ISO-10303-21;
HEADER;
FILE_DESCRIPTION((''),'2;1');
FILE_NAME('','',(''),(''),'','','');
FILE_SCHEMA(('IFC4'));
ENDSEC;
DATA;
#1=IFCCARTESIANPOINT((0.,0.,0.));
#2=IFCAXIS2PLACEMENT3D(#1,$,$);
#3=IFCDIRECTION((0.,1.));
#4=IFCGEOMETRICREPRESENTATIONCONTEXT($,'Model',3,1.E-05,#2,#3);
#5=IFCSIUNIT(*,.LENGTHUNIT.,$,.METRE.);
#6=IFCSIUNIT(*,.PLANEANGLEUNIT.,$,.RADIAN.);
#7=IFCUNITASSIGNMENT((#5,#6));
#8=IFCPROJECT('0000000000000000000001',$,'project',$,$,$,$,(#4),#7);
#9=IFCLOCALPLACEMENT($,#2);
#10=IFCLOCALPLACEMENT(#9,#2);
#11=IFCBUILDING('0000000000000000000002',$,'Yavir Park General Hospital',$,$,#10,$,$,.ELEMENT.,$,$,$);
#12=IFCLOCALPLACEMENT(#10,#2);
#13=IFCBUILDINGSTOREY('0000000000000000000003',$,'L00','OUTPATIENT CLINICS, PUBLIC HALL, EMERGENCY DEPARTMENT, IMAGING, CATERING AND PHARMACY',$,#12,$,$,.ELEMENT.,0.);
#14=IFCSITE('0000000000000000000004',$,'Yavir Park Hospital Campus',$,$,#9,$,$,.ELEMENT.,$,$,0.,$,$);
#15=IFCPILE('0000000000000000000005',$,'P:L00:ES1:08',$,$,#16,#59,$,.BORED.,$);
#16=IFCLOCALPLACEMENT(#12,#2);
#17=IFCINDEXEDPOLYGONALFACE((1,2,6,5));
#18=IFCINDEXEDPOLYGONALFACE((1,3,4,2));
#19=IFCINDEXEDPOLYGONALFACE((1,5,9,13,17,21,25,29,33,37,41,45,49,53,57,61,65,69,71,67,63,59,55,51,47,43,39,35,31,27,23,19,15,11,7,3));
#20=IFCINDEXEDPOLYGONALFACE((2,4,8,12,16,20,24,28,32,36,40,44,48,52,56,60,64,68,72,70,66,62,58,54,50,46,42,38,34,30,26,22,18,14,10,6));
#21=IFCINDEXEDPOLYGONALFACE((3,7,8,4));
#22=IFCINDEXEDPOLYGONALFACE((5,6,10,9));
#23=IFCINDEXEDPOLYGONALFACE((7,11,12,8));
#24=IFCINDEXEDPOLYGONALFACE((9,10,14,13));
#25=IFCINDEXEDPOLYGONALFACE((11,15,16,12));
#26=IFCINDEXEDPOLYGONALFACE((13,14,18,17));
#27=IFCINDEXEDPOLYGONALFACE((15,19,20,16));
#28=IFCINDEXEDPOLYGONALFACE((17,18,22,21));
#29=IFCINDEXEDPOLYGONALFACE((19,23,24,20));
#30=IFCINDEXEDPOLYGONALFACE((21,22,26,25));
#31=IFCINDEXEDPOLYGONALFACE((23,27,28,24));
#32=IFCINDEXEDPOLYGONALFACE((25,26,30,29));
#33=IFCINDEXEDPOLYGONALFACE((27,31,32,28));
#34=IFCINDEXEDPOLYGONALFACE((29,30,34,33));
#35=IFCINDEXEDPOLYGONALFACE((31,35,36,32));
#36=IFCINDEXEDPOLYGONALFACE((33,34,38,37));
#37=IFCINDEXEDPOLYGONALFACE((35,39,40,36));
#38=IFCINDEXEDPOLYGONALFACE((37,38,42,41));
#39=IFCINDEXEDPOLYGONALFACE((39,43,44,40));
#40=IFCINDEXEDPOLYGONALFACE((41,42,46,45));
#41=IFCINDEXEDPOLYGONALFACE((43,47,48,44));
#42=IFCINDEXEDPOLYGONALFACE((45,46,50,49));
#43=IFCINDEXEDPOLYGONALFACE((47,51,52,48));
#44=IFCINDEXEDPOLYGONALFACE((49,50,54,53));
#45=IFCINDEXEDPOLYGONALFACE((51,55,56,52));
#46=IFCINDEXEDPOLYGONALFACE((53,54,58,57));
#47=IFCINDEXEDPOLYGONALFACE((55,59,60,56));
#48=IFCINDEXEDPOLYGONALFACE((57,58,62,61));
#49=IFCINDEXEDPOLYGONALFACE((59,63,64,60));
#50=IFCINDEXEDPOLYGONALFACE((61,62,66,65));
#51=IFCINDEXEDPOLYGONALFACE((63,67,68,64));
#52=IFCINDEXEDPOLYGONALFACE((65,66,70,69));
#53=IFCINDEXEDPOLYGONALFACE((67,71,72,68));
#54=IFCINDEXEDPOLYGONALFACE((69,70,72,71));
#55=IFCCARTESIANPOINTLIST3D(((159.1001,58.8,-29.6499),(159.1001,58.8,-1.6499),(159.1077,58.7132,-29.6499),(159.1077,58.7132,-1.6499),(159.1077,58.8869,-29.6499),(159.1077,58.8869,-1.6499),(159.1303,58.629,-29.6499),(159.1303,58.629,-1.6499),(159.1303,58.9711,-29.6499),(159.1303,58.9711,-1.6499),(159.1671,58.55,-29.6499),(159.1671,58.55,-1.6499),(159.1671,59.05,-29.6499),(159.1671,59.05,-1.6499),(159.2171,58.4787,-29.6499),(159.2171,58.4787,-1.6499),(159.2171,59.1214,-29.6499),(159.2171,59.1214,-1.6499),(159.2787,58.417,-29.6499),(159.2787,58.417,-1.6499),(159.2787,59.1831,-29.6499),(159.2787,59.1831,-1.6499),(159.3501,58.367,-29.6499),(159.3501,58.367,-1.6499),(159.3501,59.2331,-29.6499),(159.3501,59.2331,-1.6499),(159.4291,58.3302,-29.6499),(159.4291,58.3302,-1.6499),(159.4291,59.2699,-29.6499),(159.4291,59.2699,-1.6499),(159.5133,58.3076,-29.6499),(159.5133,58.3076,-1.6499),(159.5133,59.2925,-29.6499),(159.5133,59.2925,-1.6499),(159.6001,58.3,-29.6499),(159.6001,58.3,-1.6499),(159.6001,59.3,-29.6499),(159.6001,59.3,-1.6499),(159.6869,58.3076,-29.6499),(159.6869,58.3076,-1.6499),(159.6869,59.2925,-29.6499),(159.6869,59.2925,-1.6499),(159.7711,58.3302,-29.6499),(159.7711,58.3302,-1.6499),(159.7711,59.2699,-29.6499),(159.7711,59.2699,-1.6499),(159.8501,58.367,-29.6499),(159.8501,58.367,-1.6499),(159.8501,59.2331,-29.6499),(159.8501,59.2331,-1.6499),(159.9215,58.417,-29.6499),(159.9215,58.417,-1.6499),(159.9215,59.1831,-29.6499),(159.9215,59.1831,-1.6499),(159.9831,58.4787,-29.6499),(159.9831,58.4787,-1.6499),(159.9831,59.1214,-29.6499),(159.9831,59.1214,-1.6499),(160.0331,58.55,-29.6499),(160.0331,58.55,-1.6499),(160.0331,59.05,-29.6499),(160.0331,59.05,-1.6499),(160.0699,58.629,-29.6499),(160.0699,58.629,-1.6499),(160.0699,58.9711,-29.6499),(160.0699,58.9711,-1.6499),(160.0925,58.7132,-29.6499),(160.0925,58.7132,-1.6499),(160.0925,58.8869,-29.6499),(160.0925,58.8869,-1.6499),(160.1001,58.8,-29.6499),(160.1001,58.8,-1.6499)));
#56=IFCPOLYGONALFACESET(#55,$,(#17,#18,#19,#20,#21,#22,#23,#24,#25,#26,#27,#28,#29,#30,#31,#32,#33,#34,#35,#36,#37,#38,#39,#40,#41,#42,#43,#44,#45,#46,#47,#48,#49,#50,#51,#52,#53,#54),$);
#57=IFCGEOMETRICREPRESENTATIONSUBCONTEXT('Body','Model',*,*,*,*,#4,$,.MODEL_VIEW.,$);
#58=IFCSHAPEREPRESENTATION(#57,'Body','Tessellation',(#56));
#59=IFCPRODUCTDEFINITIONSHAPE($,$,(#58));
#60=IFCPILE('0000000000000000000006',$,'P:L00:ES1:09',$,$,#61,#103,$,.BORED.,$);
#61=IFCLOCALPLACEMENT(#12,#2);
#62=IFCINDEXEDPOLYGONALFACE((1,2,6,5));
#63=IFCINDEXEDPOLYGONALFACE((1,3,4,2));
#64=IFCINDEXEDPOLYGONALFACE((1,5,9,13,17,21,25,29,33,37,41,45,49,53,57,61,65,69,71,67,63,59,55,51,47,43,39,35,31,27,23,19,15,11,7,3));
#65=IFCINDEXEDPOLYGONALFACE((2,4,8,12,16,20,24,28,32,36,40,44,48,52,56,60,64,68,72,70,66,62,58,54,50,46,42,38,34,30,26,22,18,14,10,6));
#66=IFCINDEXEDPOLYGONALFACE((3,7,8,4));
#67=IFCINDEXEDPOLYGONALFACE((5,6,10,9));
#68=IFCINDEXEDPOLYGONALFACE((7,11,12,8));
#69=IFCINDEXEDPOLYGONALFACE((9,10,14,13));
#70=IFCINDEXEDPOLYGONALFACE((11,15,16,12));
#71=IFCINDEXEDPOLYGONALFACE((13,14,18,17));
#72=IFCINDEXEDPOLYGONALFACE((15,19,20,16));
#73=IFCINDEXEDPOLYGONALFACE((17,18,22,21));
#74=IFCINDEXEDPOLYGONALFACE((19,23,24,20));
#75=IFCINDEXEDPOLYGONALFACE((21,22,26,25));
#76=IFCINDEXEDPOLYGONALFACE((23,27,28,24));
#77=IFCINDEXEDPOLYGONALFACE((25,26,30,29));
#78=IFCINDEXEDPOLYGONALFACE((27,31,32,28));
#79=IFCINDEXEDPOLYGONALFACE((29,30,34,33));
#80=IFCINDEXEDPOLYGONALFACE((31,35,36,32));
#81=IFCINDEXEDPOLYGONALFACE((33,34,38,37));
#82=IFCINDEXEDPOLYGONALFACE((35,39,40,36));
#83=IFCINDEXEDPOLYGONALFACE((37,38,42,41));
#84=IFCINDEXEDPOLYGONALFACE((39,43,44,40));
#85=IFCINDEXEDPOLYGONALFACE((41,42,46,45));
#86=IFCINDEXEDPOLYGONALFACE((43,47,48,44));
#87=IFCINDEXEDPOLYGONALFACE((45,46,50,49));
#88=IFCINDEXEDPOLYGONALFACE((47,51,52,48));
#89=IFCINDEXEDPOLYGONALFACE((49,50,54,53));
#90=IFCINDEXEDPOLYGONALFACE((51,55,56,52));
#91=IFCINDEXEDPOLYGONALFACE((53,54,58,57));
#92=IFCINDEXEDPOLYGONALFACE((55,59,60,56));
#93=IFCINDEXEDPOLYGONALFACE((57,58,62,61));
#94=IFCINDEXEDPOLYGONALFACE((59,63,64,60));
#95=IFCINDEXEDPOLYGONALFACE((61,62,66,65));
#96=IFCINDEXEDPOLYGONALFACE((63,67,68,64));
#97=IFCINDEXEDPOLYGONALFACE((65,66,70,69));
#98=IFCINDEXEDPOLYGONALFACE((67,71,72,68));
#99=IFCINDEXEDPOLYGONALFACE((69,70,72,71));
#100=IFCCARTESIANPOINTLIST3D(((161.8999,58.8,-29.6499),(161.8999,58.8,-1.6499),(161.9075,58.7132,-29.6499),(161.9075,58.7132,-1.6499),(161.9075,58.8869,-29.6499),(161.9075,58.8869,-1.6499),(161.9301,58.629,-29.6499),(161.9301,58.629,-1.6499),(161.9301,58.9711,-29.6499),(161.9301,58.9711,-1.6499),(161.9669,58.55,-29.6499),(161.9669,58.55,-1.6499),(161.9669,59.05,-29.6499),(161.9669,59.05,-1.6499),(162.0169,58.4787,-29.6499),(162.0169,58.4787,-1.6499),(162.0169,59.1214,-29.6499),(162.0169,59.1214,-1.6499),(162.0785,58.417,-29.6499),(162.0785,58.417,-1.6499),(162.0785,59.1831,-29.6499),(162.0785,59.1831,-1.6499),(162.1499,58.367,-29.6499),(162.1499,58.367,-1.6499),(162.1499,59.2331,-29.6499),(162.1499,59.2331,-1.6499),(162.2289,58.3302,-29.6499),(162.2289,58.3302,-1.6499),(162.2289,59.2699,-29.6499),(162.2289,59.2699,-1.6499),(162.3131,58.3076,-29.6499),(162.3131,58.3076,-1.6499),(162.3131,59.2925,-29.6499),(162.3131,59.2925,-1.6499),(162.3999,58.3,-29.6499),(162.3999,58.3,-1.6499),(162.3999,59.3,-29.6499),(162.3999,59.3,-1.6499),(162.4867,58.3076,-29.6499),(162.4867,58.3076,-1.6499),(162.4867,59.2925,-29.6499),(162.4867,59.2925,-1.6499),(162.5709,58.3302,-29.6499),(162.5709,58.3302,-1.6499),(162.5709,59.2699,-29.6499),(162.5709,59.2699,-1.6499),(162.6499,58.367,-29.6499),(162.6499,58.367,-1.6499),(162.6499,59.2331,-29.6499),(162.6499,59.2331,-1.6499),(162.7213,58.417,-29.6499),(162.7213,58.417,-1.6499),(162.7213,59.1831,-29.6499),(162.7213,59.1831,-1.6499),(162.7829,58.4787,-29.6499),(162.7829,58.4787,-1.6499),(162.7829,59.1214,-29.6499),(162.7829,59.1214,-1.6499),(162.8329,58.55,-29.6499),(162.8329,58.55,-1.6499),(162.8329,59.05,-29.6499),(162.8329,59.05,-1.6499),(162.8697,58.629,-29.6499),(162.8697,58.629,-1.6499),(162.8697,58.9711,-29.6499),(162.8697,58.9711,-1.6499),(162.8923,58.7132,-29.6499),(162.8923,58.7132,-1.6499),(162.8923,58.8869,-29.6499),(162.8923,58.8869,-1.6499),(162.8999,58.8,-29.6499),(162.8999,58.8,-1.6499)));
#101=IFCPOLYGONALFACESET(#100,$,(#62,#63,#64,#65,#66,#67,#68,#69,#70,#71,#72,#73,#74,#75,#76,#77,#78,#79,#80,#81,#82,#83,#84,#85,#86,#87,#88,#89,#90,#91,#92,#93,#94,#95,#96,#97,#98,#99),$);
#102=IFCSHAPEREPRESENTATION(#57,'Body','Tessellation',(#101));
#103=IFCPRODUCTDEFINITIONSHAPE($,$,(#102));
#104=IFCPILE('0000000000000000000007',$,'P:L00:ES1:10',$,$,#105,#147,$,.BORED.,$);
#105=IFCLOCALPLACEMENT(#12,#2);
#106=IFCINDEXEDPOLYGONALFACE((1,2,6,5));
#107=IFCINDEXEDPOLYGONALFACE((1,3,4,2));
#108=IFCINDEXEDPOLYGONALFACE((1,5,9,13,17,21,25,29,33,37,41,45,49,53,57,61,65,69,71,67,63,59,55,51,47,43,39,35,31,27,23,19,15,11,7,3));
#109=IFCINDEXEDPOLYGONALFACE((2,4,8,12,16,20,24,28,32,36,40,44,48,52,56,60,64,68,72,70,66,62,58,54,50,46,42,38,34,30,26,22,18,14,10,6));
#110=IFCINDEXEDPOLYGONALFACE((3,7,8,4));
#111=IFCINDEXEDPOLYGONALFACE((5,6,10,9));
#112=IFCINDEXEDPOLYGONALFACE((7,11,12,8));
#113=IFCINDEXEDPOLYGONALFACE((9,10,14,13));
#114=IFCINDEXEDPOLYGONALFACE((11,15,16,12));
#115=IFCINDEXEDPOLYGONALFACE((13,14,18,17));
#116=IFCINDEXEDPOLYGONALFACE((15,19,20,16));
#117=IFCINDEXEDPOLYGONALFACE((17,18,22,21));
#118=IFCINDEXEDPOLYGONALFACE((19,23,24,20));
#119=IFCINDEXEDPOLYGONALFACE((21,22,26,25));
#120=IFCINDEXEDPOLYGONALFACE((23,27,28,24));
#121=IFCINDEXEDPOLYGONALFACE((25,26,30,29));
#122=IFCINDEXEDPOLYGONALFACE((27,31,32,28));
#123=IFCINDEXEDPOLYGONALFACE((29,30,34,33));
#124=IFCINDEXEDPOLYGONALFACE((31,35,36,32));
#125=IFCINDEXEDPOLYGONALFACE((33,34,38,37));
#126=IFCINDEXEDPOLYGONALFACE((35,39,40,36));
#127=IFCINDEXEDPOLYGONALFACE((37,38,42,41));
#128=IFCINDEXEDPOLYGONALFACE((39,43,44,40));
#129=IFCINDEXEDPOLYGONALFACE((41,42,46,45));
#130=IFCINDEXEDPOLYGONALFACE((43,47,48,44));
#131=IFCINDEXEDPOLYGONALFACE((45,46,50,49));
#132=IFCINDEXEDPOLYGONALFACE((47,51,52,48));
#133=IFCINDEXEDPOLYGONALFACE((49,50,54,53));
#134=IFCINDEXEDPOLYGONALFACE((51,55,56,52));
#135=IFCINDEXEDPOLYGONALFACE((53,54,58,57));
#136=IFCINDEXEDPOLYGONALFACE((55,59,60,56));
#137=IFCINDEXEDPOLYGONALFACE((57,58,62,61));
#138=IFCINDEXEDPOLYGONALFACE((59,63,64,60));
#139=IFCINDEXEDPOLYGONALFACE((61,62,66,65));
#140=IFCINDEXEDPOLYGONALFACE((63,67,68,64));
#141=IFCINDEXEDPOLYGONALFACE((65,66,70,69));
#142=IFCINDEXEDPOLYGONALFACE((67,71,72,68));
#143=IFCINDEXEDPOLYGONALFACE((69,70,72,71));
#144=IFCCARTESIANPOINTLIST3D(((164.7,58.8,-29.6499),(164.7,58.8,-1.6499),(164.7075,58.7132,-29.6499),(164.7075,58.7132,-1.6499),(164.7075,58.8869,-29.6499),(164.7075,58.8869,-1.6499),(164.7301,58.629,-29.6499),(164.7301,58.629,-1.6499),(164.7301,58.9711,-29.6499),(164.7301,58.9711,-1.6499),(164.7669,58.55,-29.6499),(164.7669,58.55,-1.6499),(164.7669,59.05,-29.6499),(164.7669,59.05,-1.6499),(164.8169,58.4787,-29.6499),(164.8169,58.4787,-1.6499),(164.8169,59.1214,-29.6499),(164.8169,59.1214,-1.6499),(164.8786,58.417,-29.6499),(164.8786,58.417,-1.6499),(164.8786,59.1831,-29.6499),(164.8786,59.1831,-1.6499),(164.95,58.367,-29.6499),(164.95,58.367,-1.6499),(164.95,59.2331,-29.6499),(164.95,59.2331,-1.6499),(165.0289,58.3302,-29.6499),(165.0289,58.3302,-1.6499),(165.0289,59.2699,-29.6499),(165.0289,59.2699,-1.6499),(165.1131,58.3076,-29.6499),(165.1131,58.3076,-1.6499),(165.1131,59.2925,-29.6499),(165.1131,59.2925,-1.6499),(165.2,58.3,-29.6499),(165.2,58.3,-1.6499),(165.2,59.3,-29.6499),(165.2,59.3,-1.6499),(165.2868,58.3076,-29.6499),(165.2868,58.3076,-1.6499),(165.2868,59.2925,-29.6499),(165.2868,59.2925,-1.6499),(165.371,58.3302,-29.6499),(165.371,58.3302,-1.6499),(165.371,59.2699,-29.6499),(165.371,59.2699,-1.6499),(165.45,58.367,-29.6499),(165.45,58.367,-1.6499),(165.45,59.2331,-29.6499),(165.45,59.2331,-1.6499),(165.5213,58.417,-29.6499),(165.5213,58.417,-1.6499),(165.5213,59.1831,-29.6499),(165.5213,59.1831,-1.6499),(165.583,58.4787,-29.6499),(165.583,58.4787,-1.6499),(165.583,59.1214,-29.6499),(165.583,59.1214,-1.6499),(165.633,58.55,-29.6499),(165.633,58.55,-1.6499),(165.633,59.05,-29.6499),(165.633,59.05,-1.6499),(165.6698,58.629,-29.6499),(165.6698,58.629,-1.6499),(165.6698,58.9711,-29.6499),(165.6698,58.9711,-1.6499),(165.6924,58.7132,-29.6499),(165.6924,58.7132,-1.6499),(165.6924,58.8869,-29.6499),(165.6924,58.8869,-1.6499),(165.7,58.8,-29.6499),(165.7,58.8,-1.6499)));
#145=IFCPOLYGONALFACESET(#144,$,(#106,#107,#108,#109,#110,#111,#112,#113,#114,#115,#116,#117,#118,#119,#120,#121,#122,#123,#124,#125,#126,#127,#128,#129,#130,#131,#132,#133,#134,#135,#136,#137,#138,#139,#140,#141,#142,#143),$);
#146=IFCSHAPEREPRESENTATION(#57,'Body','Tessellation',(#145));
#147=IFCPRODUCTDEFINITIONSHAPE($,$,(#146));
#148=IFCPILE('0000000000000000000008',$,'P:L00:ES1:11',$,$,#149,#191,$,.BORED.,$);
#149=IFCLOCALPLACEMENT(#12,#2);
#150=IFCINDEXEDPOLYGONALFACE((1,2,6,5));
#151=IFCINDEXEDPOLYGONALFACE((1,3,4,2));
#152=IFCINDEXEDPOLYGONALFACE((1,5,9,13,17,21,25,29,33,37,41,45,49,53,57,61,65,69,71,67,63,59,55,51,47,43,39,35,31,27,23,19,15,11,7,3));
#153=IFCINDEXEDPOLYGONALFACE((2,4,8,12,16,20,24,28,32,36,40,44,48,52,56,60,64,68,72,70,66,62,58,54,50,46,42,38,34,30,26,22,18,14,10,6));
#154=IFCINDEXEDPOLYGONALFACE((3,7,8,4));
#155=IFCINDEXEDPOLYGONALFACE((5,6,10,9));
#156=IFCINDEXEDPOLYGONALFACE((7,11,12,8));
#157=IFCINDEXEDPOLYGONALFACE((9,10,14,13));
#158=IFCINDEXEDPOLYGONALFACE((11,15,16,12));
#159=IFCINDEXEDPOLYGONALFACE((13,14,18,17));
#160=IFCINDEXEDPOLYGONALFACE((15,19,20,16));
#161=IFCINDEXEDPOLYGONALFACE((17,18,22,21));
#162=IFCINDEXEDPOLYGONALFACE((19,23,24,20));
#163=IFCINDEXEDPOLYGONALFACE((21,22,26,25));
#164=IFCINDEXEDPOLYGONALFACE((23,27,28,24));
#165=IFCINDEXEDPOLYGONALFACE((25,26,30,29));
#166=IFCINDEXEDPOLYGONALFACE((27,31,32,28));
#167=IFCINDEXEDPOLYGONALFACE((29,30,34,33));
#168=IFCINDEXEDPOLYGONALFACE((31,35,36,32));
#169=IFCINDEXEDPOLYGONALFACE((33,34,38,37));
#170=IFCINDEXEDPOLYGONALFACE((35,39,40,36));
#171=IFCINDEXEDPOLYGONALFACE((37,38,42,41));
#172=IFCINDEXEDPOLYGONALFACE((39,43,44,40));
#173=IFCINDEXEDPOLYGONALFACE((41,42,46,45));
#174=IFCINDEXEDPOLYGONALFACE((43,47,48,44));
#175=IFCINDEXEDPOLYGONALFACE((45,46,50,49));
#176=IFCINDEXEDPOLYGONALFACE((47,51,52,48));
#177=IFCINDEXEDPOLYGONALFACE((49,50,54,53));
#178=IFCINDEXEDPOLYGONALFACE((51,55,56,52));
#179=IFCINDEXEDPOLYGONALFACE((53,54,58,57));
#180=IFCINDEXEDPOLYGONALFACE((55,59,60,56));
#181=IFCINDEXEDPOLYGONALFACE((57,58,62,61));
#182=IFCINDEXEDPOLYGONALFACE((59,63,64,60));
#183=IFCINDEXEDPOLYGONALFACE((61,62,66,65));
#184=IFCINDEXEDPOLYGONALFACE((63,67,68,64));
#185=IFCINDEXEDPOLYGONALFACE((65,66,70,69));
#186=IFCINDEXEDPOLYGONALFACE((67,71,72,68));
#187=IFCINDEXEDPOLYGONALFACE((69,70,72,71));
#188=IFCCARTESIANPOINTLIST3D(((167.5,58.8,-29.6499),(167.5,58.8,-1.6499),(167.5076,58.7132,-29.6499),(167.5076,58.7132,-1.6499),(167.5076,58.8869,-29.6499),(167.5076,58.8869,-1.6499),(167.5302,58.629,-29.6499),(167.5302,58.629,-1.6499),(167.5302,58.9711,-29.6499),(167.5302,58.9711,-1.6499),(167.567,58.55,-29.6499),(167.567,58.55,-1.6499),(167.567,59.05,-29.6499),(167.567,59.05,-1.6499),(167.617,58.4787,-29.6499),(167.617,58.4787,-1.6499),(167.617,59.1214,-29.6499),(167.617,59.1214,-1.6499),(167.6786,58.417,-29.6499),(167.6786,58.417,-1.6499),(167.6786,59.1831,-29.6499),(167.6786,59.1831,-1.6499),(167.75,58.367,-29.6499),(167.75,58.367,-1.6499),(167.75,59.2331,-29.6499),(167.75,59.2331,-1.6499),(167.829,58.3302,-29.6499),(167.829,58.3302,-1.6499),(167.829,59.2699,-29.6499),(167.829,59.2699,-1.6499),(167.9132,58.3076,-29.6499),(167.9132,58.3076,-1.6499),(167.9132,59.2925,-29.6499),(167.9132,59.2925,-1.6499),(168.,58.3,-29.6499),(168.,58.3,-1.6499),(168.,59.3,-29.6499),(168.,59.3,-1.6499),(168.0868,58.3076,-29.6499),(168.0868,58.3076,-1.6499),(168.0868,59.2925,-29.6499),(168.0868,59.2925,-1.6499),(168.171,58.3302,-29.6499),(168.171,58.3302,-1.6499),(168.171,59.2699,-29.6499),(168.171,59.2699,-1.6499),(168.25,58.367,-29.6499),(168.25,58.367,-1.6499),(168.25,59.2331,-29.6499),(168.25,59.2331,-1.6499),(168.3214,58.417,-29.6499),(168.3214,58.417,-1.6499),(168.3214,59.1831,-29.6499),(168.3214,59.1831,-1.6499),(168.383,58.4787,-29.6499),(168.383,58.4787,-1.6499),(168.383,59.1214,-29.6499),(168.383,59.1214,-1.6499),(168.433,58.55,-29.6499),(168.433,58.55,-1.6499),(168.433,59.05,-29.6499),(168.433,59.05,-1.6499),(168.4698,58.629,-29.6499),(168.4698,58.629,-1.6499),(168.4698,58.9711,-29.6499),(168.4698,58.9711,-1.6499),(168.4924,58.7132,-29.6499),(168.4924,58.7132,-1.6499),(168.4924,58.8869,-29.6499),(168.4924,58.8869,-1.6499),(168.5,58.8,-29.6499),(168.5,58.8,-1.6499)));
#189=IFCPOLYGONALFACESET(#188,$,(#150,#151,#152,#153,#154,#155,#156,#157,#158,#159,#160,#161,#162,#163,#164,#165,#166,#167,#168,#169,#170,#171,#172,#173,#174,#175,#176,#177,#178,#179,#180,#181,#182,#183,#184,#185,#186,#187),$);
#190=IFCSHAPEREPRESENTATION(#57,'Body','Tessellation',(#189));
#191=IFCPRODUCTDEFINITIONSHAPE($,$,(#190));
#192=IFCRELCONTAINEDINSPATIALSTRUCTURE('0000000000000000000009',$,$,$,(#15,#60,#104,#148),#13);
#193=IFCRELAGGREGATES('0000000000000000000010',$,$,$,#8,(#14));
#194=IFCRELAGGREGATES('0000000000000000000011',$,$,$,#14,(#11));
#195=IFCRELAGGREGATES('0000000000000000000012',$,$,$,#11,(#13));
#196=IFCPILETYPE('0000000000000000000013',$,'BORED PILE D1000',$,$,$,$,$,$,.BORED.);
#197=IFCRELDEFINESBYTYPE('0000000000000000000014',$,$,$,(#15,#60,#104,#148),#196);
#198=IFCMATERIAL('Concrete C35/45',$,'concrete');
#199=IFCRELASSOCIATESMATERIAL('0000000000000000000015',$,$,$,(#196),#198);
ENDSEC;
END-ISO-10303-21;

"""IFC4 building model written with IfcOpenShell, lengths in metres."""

from ifc_helpers import new_model, si_unit, direction, frame, origin, origin_2d, place, context, subcontext, project, spatial, circle, extrude, material, material_profile, profile_set, type_object, element, save


model = new_model("IFC4")

# Units and contexts
model_context = context("Model", 3, precision=1e-05, world=origin(), true_north=direction((0.0, 1.0)))
body_context = subcontext(model_context, "Body", "Model", "MODEL_VIEW")
ifc_project = project(units=[si_unit("LENGTHUNIT", "METRE"), si_unit("PLANEANGLEUNIT", "RADIAN")], contexts=[model_context])

# Site, building, storey
site_placement = place(None, origin())
site = spatial("IfcSite", under=ifc_project, at=site_placement, Name="Yavir Park Hospital Campus", CompositionType="ELEMENT", RefElevation=0.0)
building_placement = place(site_placement, origin())
building = spatial("IfcBuilding", under=site, at=building_placement, Name="Yavir Park General Hospital", CompositionType="ELEMENT")
storey_placement = place(building_placement, origin())
storey = spatial("IfcBuildingStorey", under=building, at=storey_placement, Name="L00", Description="OUTPATIENT CLINICS, PUBLIC HALL, EMERGENCY DEPARTMENT, IMAGING, CATERING AND PHARMACY", CompositionType="ELEMENT", Elevation=0.0)

# Piles
ifc_material_1 = material(Name="Concrete C35/45", Category="concrete")
ifc_material_profile_1 = material_profile(ifc_material_1, circle(Radius=0.5, at=origin_2d()), Name="D1000")
ifc_profile_set_1 = profile_set([ifc_material_profile_1], Name="Concrete C35/45")
pile_type_1 = type_object("IfcPileType", Name="BORED PILE D1000", PredefinedType="BORED", material=ifc_profile_set_1)
for number, where, z_axis, x_axis, name in (
    (1, (159.6001, 58.8, -1.6499), (0.0, 0.0, -1.0), (1.0, 0.0, 0.0), "P:L00:ES1:08"),
    (2, (162.3999, 58.8, -1.6499), (0.0, 0.0, -1.0), (1.0, 0.0, 0.0), "P:L00:ES1:09"),
    (3, (165.2, 58.8, -1.6499), (0.0, 0.0, -1.0), (1.0, 0.0, 0.0), "P:L00:ES1:10"),
    (4, (168.0, 58.8, -1.6499), (0.0, 0.0, -1.0), (1.0, 0.0, 0.0), "P:L00:ES1:11"),
):
    element("IfcPile", number, at=place(storey_placement, frame(where, z_axis=z_axis, x_axis=x_axis)), inside=storey, type_object=pile_type_1, Name=name, PredefinedType="BORED", context=body_context, shape_type="SweptSolid", body=[
        extrude(circle(Radius=0.5, at=origin_2d()), origin(), (0.0, 0.0, 1.0), 28.0),
    ])

save(model, "model.ifc")
